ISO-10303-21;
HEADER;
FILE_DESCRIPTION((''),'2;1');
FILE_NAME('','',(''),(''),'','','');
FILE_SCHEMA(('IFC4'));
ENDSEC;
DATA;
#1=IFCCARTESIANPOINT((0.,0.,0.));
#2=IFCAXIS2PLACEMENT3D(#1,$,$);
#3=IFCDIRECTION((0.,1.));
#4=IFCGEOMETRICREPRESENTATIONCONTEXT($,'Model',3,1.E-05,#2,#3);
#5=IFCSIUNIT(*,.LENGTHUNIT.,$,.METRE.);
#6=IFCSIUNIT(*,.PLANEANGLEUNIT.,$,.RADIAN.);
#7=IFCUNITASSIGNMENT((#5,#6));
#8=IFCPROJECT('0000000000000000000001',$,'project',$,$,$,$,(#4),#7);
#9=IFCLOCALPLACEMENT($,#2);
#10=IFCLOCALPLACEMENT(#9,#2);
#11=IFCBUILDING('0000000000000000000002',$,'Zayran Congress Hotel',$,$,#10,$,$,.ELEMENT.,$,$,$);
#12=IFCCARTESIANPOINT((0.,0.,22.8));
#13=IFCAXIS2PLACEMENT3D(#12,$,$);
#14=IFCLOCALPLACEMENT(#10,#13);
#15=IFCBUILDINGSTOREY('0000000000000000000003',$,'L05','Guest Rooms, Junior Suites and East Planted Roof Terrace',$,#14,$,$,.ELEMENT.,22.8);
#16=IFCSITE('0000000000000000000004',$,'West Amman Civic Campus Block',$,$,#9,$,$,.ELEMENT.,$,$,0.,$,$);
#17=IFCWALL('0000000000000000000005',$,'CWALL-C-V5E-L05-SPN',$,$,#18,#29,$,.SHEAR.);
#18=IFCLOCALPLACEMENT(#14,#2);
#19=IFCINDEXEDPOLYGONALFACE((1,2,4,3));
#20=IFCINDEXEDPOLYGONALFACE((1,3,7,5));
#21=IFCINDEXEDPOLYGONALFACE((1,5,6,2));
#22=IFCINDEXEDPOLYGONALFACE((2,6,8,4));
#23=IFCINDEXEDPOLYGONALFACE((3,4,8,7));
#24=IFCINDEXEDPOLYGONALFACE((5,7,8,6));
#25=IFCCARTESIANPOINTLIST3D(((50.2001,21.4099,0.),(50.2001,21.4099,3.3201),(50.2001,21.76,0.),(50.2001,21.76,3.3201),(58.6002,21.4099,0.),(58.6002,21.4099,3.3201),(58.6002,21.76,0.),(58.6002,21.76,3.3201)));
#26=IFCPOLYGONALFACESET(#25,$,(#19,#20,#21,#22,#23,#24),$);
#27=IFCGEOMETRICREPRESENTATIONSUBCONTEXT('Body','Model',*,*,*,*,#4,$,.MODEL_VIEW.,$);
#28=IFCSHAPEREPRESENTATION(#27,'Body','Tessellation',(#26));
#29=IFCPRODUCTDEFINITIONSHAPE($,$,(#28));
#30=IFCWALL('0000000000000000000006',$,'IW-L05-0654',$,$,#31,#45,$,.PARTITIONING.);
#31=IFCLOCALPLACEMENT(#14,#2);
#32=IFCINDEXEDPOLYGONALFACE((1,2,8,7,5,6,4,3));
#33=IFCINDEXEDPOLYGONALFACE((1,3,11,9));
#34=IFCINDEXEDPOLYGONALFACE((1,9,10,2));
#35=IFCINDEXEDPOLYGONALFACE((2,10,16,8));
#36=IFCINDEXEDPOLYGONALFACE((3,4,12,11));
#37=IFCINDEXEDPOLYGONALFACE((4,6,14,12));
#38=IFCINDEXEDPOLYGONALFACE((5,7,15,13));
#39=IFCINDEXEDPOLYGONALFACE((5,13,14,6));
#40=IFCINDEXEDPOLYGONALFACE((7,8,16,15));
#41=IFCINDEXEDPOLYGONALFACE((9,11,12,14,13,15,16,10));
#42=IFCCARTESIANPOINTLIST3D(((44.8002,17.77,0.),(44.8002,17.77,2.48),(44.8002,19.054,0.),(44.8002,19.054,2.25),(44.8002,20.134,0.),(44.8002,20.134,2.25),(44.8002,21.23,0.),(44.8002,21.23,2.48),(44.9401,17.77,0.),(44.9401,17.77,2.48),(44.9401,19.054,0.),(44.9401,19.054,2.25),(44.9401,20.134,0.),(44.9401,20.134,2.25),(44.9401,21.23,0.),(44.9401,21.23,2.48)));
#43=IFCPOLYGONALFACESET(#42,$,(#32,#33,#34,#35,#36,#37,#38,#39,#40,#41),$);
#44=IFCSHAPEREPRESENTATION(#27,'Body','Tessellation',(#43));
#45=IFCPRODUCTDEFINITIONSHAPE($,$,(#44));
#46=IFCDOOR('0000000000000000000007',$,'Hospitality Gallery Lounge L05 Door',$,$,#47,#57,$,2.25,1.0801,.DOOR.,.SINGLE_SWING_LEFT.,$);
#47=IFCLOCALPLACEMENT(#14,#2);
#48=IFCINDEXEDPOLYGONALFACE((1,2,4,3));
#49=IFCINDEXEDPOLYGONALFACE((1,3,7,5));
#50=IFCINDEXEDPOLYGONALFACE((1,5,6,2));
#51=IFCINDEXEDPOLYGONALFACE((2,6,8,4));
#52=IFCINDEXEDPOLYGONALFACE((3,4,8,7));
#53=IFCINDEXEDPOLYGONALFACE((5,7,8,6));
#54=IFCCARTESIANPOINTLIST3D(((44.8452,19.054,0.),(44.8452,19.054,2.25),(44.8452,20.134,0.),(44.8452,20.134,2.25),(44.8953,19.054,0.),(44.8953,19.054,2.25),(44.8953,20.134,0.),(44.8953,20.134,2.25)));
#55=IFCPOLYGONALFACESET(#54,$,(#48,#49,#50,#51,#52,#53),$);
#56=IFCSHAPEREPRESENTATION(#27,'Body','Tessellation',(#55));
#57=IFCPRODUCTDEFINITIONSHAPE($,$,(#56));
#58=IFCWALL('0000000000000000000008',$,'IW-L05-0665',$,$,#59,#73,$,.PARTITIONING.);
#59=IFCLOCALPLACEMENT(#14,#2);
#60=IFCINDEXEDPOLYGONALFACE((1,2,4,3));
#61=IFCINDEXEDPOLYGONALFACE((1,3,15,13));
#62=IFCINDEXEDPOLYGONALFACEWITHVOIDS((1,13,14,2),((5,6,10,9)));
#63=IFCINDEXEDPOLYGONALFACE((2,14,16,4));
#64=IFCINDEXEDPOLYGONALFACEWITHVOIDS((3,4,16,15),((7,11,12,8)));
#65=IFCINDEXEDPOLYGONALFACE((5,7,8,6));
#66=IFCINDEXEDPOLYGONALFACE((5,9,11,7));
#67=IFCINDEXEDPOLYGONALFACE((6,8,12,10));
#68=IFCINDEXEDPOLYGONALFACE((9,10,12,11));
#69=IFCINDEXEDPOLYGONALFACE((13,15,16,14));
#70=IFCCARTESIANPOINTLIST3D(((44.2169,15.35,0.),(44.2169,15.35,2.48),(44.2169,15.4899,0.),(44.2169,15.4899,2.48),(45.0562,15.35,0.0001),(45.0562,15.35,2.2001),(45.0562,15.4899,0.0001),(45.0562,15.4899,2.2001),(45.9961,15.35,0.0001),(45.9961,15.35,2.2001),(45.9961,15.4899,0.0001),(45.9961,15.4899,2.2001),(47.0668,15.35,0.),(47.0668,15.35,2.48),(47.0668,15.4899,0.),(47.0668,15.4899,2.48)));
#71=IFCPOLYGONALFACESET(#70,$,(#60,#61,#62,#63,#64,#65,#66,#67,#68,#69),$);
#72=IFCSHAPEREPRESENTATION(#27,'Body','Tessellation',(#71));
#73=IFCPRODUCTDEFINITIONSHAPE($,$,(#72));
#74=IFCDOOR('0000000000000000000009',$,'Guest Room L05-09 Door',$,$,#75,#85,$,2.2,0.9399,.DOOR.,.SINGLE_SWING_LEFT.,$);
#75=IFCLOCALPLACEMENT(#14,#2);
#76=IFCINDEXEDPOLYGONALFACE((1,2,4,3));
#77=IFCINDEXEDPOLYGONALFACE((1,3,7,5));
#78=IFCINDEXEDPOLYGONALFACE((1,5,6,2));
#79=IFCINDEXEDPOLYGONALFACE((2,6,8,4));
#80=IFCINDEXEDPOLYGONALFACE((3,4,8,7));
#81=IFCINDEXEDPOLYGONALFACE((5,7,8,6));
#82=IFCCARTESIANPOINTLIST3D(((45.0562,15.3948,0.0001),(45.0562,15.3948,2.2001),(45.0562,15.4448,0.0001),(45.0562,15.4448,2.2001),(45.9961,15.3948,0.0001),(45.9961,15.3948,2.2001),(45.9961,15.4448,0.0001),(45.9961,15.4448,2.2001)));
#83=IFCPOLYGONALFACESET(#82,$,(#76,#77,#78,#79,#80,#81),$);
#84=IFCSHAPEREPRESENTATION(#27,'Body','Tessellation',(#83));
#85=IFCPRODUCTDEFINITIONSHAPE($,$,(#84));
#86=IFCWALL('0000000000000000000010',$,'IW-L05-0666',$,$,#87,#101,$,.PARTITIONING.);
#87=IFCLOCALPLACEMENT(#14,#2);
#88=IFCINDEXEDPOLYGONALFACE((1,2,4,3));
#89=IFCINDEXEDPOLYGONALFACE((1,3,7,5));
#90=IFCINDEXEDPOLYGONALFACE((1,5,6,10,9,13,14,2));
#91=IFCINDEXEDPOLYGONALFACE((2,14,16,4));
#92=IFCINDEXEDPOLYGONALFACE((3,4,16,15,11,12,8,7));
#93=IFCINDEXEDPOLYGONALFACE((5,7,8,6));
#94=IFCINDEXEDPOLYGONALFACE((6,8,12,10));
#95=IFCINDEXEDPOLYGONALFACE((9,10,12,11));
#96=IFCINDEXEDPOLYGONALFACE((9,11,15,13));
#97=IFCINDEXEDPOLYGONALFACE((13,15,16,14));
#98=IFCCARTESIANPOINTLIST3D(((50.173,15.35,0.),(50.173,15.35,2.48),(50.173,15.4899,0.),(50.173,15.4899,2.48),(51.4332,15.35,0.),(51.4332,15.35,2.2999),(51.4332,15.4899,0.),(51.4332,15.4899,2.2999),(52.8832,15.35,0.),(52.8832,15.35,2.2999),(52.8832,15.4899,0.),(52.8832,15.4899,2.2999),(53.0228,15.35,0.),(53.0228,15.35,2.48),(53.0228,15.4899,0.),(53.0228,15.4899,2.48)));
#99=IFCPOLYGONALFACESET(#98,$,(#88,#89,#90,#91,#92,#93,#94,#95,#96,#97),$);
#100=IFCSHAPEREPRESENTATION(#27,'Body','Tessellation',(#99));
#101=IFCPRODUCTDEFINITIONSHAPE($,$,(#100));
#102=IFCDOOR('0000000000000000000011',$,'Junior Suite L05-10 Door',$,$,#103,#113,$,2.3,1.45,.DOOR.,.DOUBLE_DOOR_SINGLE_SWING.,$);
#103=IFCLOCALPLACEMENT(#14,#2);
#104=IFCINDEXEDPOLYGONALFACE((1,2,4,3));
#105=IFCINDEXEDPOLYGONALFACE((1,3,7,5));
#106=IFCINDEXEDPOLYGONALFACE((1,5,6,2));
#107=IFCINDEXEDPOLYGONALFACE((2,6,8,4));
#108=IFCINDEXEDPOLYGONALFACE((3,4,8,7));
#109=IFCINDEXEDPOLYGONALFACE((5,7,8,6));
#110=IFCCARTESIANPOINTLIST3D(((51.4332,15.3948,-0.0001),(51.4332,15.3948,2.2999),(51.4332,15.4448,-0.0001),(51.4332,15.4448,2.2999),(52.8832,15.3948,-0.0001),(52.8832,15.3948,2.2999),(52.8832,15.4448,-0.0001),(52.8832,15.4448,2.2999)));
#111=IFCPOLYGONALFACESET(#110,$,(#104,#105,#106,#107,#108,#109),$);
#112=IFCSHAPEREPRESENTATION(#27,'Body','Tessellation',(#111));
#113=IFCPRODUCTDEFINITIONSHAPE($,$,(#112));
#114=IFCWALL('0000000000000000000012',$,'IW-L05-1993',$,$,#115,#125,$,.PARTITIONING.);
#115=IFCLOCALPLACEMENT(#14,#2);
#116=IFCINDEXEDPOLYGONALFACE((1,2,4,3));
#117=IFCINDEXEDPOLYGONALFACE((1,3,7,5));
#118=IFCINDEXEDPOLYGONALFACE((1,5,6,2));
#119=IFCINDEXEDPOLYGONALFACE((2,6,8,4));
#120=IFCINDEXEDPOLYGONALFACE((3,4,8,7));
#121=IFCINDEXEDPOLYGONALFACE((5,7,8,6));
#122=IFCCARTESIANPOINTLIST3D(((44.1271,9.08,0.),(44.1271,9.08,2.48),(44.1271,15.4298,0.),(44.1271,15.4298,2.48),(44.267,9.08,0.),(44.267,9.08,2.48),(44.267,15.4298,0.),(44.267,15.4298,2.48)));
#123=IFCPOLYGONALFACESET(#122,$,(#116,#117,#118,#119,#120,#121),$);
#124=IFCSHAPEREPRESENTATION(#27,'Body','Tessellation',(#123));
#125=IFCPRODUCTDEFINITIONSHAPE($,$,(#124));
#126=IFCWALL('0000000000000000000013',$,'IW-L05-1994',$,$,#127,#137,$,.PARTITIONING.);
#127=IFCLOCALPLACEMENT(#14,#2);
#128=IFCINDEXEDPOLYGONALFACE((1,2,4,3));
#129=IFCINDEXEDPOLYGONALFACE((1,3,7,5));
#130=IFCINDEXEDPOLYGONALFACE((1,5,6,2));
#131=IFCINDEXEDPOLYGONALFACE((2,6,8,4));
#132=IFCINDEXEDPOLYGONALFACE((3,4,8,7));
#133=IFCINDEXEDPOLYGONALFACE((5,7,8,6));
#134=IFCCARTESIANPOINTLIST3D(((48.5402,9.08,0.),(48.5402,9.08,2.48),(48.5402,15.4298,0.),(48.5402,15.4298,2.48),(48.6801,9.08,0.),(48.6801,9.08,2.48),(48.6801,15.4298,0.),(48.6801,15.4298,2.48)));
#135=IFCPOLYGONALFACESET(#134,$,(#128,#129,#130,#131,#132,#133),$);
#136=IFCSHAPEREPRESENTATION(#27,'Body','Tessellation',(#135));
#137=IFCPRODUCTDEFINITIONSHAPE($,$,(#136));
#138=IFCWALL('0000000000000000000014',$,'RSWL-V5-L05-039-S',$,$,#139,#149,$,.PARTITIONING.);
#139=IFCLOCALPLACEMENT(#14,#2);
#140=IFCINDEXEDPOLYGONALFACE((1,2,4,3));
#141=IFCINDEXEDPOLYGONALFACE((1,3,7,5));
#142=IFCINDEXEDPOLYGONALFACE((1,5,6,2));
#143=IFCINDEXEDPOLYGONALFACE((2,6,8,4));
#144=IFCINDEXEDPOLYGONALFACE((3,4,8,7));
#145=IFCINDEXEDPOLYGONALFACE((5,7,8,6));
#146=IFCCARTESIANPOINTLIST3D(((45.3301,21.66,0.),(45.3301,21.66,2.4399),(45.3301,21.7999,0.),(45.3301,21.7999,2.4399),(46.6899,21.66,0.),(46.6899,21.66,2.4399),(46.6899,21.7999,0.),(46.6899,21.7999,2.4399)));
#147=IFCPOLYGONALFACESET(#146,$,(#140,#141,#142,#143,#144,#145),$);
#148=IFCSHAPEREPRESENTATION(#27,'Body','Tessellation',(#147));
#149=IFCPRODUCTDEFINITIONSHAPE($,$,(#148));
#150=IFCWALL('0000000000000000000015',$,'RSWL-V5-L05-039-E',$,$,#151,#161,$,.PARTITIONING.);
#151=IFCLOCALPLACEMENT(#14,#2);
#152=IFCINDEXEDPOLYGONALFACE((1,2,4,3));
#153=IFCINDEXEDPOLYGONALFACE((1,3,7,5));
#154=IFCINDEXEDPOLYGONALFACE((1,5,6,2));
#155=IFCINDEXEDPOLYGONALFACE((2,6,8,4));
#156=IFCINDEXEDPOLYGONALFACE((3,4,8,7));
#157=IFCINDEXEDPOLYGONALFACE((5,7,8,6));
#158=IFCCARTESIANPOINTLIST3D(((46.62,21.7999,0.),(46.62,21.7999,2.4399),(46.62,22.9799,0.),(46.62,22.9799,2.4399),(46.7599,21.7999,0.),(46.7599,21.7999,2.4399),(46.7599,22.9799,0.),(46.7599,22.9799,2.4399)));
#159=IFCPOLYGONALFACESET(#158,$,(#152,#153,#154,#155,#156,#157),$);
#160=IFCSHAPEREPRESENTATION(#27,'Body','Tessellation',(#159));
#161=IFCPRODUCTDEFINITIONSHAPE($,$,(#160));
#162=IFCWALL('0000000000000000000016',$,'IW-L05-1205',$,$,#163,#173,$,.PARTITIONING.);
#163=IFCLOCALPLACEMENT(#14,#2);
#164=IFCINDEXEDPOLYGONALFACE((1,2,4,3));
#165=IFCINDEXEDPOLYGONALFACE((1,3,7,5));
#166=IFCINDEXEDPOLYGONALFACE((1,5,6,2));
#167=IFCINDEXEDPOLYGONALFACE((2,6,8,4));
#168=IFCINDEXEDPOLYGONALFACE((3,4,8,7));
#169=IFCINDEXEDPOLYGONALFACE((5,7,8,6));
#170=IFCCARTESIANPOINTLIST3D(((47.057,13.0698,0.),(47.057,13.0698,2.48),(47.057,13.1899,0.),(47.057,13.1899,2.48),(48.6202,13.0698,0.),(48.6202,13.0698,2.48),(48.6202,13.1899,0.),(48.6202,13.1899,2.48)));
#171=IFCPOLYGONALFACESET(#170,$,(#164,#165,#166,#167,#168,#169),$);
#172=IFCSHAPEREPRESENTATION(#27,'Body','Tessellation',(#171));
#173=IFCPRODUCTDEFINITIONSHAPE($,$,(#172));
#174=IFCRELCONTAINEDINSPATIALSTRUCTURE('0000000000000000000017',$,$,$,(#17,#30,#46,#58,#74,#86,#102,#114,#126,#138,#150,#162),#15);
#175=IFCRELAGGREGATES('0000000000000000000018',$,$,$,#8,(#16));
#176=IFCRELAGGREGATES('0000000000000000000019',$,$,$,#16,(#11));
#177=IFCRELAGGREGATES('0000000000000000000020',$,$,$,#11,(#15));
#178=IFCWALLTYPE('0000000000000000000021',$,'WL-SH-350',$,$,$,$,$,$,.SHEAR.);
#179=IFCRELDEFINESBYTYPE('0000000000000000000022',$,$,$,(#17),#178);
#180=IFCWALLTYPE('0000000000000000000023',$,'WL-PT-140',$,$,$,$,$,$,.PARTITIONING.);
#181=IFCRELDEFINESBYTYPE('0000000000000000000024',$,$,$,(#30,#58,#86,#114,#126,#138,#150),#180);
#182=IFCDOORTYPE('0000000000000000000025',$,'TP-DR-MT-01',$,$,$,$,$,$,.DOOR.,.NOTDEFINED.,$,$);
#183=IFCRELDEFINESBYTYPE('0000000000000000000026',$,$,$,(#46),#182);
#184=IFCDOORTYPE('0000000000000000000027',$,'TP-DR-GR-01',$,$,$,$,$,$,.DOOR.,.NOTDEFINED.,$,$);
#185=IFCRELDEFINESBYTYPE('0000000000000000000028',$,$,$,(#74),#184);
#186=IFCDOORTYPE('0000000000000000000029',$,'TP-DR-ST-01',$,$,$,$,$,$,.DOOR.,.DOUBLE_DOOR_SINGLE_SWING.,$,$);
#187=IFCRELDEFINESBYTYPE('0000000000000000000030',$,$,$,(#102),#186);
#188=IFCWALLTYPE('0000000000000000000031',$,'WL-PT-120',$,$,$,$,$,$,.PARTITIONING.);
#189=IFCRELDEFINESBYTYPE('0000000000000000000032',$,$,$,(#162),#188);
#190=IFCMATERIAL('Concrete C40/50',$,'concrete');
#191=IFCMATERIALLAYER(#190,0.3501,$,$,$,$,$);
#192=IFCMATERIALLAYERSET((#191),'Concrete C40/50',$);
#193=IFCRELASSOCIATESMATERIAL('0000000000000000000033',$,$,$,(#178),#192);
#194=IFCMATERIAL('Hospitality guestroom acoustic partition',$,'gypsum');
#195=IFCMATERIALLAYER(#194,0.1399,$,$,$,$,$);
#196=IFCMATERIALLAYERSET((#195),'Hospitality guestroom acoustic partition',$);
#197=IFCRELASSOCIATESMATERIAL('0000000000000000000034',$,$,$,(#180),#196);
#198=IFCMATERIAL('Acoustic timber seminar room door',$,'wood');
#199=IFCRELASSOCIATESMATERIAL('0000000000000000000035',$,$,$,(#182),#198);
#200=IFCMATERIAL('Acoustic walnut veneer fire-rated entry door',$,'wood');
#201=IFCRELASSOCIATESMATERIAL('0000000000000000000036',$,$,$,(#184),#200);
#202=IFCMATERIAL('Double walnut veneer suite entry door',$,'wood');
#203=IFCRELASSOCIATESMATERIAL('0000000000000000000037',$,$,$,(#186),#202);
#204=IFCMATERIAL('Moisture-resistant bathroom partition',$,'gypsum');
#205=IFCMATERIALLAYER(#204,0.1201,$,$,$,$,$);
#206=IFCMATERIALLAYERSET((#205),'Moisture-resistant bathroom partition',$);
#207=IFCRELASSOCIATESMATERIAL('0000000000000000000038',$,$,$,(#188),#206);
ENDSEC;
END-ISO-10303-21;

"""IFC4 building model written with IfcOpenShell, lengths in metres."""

from ifc_helpers import new_model, si_unit, direction, frame, frame_2d, origin, place, context, subcontext, project, spatial, rectangle, extrude, material, layer, layer_set, type_object, element, fill, save


model = new_model("IFC4")

# Units and contexts
model_context = context("Model", 3, precision=1e-05, world=origin(), true_north=direction((0.0, 1.0)))
body_context = subcontext(model_context, "Body", "Model", "MODEL_VIEW")
ifc_project = project(units=[si_unit("LENGTHUNIT", "METRE"), si_unit("PLANEANGLEUNIT", "RADIAN")], contexts=[model_context])

# Site, building, storey
site_placement = place(None, origin())
site = spatial("IfcSite", under=ifc_project, at=site_placement, Name="West Amman Civic Campus Block", CompositionType="ELEMENT", RefElevation=0.0)
building_placement = place(site_placement, origin())
building = spatial("IfcBuilding", under=site, at=building_placement, Name="Zayran Congress Hotel", CompositionType="ELEMENT")
storey_placement = place(building_placement, frame((0.0, 0.0, 22.8)))
storey = spatial("IfcBuildingStorey", under=building, at=storey_placement, Name="L05", Description="Guest Rooms, Junior Suites and East Planted Roof Terrace", CompositionType="ELEMENT", Elevation=22.8)

# Shared definitions
ifc_material_1 = material(Name="Concrete C40/50", Category="concrete")

# Wall
ifc_layer_1 = layer(ifc_material_1, 0.3501)
ifc_layer_set_1 = layer_set([ifc_layer_1], Name="Concrete C40/50")
wall_type_1 = type_object("IfcWallType", Name="WL-SH-350", PredefinedType="SHEAR", material=ifc_layer_set_1)
wall_1_placement = place(storey_placement, frame((50.2, 21.585, 0.0), z_axis=(0.0, 0.0, 1.0), x_axis=(1.0, 0.0, 0.0)))
element("IfcWall", 1, at=wall_1_placement, inside=storey, type_object=wall_type_1, Name="CWALL-C-V5E-L05-SPN", PredefinedType="SHEAR", context=body_context, shape_type="SweptSolid", body=[
    extrude(rectangle(XDim=8.4001, YDim=0.3501, at=frame_2d((4.2002, 0.0))), origin(), (0.0, 0.0, 1.0), 3.3201),
])

# Walls, openings, doors
ifc_material_2 = material(Name="Hospitality guestroom acoustic partition", Category="gypsum")
ifc_layer_2 = layer(ifc_material_2, 0.1399)
ifc_layer_set_2 = layer_set([ifc_layer_2], Name="Hospitality guestroom acoustic partition")
wall_type_2 = type_object("IfcWallType", Name="WL-PT-140", PredefinedType="PARTITIONING", material=ifc_layer_set_2)
wall_2_placement = place(storey_placement, frame((44.8701, 17.77, 0.0), z_axis=(0.0, 0.0, 1.0), x_axis=(0.0, 1.0, 0.0)))
wall_2 = element("IfcWall", 2, at=wall_2_placement, inside=storey, type_object=wall_type_2, Name="IW-L05-0654", PredefinedType="PARTITIONING", context=body_context, shape_type="SweptSolid", body=[
    extrude(rectangle(XDim=3.46, YDim=0.1399, at=frame_2d((1.73, 0.0))), origin(), (0.0, 0.0, 1.0), 2.48),
])
opening_1_placement = place(wall_2_placement, frame((1.2839, 0.0, 0.0)))
opening_1 = element("IfcOpeningElement", 3, at=opening_1_placement, cuts=wall_2, PredefinedType="OPENING", context=body_context, shape_type="SweptSolid", body=[
    extrude(rectangle(XDim=1.0801, YDim=2.25, at=frame_2d((0.54, 1.125))), frame((0.0, 0.0798, 0.0), z_axis=(0.0, -1.0, 0.0), x_axis=(1.0, 0.0, 0.0)), (0.0, 0.0, 1.0), 0.1599),
])
ifc_material_3 = material(Name="Acoustic timber seminar room door", Category="wood")
door_type_1 = type_object("IfcDoorType", Name="TP-DR-MT-01", OperationType="NOTDEFINED", PredefinedType="DOOR", material=ifc_material_3)
door_1_placement = place(opening_1_placement, origin())
door_1 = element("IfcDoor", 4, at=door_1_placement, inside=storey, type_object=door_type_1, Name="Hospitality Gallery Lounge L05 Door", OperationType="SINGLE_SWING_LEFT", OverallHeight=2.25, OverallWidth=1.0801, PredefinedType="DOOR", context=body_context, shape_type="SweptSolid", body=[
    extrude(rectangle(XDim=1.0801, YDim=2.25, at=frame_2d((0.54, 1.125))), frame((0.0, 0.0249, 0.0), z_axis=(0.0, -1.0, 0.0), x_axis=(1.0, 0.0, 0.0)), (0.0, 0.0, 1.0), 0.05),
])
fill(opening_1, door_1)
wall_3_placement = place(storey_placement, frame((44.217, 15.4199, 0.0), z_axis=(0.0, 0.0, 1.0), x_axis=(1.0, 0.0, 0.0)))
wall_3 = element("IfcWall", 5, at=wall_3_placement, inside=storey, type_object=wall_type_2, Name="IW-L05-0665", PredefinedType="PARTITIONING", context=body_context, shape_type="SweptSolid", body=[
    extrude(rectangle(XDim=2.8499, YDim=0.1399, at=frame_2d((1.4248, 0.0))), origin(), (0.0, 0.0, 1.0), 2.48),
])
opening_2_placement = place(wall_3_placement, frame((0.8391, 0.0, 0.0)))
opening_2 = element("IfcOpeningElement", 6, at=opening_2_placement, cuts=wall_3, PredefinedType="OPENING", context=body_context, shape_type="SweptSolid", body=[
    extrude(rectangle(XDim=0.9399, YDim=2.2, at=frame_2d((0.47, 1.1001))), frame((0.0, 0.0798, 0.0), z_axis=(0.0, -1.0, 0.0), x_axis=(1.0, 0.0, 0.0)), (0.0, 0.0, 1.0), 0.1599),
])
ifc_material_4 = material(Name="Acoustic walnut veneer fire-rated entry door", Category="wood")
door_type_2 = type_object("IfcDoorType", Name="TP-DR-GR-01", OperationType="NOTDEFINED", PredefinedType="DOOR", material=ifc_material_4)
door_2_placement = place(opening_2_placement, origin())
door_2 = element("IfcDoor", 7, at=door_2_placement, inside=storey, type_object=door_type_2, Name="Guest Room L05-09 Door", OperationType="SINGLE_SWING_LEFT", OverallHeight=2.2, OverallWidth=0.9399, PredefinedType="DOOR", context=body_context, shape_type="SweptSolid", body=[
    extrude(rectangle(XDim=0.9399, YDim=2.2, at=frame_2d((0.47, 1.1001))), frame((0.0, 0.0249, 0.0), z_axis=(0.0, -1.0, 0.0), x_axis=(1.0, 0.0, 0.0)), (0.0, 0.0, 1.0), 0.05),
])
fill(opening_2, door_2)
wall_4_placement = place(storey_placement, frame((50.1731, 15.4199, 0.0), z_axis=(0.0, 0.0, 1.0), x_axis=(1.0, 0.0, 0.0)))
wall_4 = element("IfcWall", 8, at=wall_4_placement, inside=storey, type_object=wall_type_2, Name="IW-L05-0666", PredefinedType="PARTITIONING", context=body_context, shape_type="SweptSolid", body=[
    extrude(rectangle(XDim=2.8499, YDim=0.1399, at=frame_2d((1.4248, 0.0))), origin(), (0.0, 0.0, 1.0), 2.48),
])
opening_3_placement = place(wall_4_placement, frame((1.26, 0.0, 0.0)))
opening_3 = element("IfcOpeningElement", 9, at=opening_3_placement, cuts=wall_4, PredefinedType="OPENING", context=body_context, shape_type="SweptSolid", body=[
    extrude(rectangle(XDim=1.45, YDim=2.3, at=frame_2d((0.7251, 1.1499))), frame((0.0, 0.0798, 0.0), z_axis=(0.0, -1.0, 0.0), x_axis=(1.0, 0.0, 0.0)), (0.0, 0.0, 1.0), 0.1599),
])
ifc_material_5 = material(Name="Double walnut veneer suite entry door", Category="wood")
door_type_3 = type_object("IfcDoorType", Name="TP-DR-ST-01", OperationType="DOUBLE_DOOR_SINGLE_SWING", PredefinedType="DOOR", material=ifc_material_5)
door_3_placement = place(opening_3_placement, origin())
door_3 = element("IfcDoor", 10, at=door_3_placement, inside=storey, type_object=door_type_3, Name="Junior Suite L05-10 Door", OperationType="DOUBLE_DOOR_SINGLE_SWING", OverallHeight=2.3, OverallWidth=1.45, PredefinedType="DOOR", context=body_context, shape_type="SweptSolid", body=[
    extrude(rectangle(XDim=1.45, YDim=2.3, at=frame_2d((0.7251, 1.1499))), frame((0.0, 0.0249, 0.0), z_axis=(0.0, -1.0, 0.0), x_axis=(1.0, 0.0, 0.0)), (0.0, 0.0, 1.0), 0.05),
])
fill(opening_3, door_3)

# Walls
for number, where, z_axis, x_axis, name in (
    (11, (44.197, 9.0801, 0.0), (0.0, 0.0, 1.0), (0.0, 1.0, 0.0), "IW-L05-1993"),
    (12, (48.6101, 9.0801, 0.0), (0.0, 0.0, 1.0), (0.0, 1.0, 0.0), "IW-L05-1994"),
):
    element("IfcWall", number, at=place(storey_placement, frame(where, z_axis=z_axis, x_axis=x_axis)), inside=storey, type_object=wall_type_2, Name=name, PredefinedType="PARTITIONING", context=body_context, shape_type="SweptSolid", body=[
        extrude(rectangle(XDim=6.3499, YDim=0.1399, at=frame_2d((3.1748, 0.0))), origin(), (0.0, 0.0, 1.0), 2.48),
    ])
wall_5_placement = place(storey_placement, frame((45.3301, 21.73, 0.0), z_axis=(0.0, 0.0, 1.0), x_axis=(1.0, 0.0, 0.0)))
element("IfcWall", 13, at=wall_5_placement, inside=storey, type_object=wall_type_2, Name="RSWL-V5-L05-039-S", PredefinedType="PARTITIONING", context=body_context, shape_type="SweptSolid", body=[
    extrude(rectangle(XDim=1.3599, YDim=0.1399, at=frame_2d((0.6799, 0.0))), origin(), (0.0, 0.0, 1.0), 2.4399),
])
wall_6_placement = place(storey_placement, frame((46.6899, 21.8, 0.0), z_axis=(0.0, 0.0, 1.0), x_axis=(0.0, 1.0, 0.0)))
element("IfcWall", 14, at=wall_6_placement, inside=storey, type_object=wall_type_2, Name="RSWL-V5-L05-039-E", PredefinedType="PARTITIONING", context=body_context, shape_type="SweptSolid", body=[
    extrude(rectangle(XDim=1.1799, YDim=0.1399, at=frame_2d((0.5898, 0.0))), origin(), (0.0, 0.0, 1.0), 2.4399),
])

# Shared definitions
ifc_material_6 = material(Name="Moisture-resistant bathroom partition", Category="gypsum")
ifc_layer_3 = layer(ifc_material_6, 0.1201)
ifc_layer_set_3 = layer_set([ifc_layer_3], Name="Moisture-resistant bathroom partition")
wall_type_3 = type_object("IfcWallType", Name="WL-PT-120", PredefinedType="PARTITIONING", material=ifc_layer_set_3)

# Wall
for number, where, z_axis, x_axis, name in (
    (15, (47.0569, 13.1299, 0.0), (0.0, 0.0, 1.0), (1.0, 0.0, 0.0), "IW-L05-1205"),
):
    element("IfcWall", number, at=place(storey_placement, frame(where, z_axis=z_axis, x_axis=x_axis)), inside=storey, type_object=wall_type_3, Name=name, PredefinedType="PARTITIONING", context=body_context, shape_type="SweptSolid", body=[
        extrude(rectangle(XDim=1.5632, YDim=0.1201, at=frame_2d((0.7817, 0.0))), origin(), (0.0, 0.0, 1.0), 2.48),
    ])

save(model, "model.ifc")
